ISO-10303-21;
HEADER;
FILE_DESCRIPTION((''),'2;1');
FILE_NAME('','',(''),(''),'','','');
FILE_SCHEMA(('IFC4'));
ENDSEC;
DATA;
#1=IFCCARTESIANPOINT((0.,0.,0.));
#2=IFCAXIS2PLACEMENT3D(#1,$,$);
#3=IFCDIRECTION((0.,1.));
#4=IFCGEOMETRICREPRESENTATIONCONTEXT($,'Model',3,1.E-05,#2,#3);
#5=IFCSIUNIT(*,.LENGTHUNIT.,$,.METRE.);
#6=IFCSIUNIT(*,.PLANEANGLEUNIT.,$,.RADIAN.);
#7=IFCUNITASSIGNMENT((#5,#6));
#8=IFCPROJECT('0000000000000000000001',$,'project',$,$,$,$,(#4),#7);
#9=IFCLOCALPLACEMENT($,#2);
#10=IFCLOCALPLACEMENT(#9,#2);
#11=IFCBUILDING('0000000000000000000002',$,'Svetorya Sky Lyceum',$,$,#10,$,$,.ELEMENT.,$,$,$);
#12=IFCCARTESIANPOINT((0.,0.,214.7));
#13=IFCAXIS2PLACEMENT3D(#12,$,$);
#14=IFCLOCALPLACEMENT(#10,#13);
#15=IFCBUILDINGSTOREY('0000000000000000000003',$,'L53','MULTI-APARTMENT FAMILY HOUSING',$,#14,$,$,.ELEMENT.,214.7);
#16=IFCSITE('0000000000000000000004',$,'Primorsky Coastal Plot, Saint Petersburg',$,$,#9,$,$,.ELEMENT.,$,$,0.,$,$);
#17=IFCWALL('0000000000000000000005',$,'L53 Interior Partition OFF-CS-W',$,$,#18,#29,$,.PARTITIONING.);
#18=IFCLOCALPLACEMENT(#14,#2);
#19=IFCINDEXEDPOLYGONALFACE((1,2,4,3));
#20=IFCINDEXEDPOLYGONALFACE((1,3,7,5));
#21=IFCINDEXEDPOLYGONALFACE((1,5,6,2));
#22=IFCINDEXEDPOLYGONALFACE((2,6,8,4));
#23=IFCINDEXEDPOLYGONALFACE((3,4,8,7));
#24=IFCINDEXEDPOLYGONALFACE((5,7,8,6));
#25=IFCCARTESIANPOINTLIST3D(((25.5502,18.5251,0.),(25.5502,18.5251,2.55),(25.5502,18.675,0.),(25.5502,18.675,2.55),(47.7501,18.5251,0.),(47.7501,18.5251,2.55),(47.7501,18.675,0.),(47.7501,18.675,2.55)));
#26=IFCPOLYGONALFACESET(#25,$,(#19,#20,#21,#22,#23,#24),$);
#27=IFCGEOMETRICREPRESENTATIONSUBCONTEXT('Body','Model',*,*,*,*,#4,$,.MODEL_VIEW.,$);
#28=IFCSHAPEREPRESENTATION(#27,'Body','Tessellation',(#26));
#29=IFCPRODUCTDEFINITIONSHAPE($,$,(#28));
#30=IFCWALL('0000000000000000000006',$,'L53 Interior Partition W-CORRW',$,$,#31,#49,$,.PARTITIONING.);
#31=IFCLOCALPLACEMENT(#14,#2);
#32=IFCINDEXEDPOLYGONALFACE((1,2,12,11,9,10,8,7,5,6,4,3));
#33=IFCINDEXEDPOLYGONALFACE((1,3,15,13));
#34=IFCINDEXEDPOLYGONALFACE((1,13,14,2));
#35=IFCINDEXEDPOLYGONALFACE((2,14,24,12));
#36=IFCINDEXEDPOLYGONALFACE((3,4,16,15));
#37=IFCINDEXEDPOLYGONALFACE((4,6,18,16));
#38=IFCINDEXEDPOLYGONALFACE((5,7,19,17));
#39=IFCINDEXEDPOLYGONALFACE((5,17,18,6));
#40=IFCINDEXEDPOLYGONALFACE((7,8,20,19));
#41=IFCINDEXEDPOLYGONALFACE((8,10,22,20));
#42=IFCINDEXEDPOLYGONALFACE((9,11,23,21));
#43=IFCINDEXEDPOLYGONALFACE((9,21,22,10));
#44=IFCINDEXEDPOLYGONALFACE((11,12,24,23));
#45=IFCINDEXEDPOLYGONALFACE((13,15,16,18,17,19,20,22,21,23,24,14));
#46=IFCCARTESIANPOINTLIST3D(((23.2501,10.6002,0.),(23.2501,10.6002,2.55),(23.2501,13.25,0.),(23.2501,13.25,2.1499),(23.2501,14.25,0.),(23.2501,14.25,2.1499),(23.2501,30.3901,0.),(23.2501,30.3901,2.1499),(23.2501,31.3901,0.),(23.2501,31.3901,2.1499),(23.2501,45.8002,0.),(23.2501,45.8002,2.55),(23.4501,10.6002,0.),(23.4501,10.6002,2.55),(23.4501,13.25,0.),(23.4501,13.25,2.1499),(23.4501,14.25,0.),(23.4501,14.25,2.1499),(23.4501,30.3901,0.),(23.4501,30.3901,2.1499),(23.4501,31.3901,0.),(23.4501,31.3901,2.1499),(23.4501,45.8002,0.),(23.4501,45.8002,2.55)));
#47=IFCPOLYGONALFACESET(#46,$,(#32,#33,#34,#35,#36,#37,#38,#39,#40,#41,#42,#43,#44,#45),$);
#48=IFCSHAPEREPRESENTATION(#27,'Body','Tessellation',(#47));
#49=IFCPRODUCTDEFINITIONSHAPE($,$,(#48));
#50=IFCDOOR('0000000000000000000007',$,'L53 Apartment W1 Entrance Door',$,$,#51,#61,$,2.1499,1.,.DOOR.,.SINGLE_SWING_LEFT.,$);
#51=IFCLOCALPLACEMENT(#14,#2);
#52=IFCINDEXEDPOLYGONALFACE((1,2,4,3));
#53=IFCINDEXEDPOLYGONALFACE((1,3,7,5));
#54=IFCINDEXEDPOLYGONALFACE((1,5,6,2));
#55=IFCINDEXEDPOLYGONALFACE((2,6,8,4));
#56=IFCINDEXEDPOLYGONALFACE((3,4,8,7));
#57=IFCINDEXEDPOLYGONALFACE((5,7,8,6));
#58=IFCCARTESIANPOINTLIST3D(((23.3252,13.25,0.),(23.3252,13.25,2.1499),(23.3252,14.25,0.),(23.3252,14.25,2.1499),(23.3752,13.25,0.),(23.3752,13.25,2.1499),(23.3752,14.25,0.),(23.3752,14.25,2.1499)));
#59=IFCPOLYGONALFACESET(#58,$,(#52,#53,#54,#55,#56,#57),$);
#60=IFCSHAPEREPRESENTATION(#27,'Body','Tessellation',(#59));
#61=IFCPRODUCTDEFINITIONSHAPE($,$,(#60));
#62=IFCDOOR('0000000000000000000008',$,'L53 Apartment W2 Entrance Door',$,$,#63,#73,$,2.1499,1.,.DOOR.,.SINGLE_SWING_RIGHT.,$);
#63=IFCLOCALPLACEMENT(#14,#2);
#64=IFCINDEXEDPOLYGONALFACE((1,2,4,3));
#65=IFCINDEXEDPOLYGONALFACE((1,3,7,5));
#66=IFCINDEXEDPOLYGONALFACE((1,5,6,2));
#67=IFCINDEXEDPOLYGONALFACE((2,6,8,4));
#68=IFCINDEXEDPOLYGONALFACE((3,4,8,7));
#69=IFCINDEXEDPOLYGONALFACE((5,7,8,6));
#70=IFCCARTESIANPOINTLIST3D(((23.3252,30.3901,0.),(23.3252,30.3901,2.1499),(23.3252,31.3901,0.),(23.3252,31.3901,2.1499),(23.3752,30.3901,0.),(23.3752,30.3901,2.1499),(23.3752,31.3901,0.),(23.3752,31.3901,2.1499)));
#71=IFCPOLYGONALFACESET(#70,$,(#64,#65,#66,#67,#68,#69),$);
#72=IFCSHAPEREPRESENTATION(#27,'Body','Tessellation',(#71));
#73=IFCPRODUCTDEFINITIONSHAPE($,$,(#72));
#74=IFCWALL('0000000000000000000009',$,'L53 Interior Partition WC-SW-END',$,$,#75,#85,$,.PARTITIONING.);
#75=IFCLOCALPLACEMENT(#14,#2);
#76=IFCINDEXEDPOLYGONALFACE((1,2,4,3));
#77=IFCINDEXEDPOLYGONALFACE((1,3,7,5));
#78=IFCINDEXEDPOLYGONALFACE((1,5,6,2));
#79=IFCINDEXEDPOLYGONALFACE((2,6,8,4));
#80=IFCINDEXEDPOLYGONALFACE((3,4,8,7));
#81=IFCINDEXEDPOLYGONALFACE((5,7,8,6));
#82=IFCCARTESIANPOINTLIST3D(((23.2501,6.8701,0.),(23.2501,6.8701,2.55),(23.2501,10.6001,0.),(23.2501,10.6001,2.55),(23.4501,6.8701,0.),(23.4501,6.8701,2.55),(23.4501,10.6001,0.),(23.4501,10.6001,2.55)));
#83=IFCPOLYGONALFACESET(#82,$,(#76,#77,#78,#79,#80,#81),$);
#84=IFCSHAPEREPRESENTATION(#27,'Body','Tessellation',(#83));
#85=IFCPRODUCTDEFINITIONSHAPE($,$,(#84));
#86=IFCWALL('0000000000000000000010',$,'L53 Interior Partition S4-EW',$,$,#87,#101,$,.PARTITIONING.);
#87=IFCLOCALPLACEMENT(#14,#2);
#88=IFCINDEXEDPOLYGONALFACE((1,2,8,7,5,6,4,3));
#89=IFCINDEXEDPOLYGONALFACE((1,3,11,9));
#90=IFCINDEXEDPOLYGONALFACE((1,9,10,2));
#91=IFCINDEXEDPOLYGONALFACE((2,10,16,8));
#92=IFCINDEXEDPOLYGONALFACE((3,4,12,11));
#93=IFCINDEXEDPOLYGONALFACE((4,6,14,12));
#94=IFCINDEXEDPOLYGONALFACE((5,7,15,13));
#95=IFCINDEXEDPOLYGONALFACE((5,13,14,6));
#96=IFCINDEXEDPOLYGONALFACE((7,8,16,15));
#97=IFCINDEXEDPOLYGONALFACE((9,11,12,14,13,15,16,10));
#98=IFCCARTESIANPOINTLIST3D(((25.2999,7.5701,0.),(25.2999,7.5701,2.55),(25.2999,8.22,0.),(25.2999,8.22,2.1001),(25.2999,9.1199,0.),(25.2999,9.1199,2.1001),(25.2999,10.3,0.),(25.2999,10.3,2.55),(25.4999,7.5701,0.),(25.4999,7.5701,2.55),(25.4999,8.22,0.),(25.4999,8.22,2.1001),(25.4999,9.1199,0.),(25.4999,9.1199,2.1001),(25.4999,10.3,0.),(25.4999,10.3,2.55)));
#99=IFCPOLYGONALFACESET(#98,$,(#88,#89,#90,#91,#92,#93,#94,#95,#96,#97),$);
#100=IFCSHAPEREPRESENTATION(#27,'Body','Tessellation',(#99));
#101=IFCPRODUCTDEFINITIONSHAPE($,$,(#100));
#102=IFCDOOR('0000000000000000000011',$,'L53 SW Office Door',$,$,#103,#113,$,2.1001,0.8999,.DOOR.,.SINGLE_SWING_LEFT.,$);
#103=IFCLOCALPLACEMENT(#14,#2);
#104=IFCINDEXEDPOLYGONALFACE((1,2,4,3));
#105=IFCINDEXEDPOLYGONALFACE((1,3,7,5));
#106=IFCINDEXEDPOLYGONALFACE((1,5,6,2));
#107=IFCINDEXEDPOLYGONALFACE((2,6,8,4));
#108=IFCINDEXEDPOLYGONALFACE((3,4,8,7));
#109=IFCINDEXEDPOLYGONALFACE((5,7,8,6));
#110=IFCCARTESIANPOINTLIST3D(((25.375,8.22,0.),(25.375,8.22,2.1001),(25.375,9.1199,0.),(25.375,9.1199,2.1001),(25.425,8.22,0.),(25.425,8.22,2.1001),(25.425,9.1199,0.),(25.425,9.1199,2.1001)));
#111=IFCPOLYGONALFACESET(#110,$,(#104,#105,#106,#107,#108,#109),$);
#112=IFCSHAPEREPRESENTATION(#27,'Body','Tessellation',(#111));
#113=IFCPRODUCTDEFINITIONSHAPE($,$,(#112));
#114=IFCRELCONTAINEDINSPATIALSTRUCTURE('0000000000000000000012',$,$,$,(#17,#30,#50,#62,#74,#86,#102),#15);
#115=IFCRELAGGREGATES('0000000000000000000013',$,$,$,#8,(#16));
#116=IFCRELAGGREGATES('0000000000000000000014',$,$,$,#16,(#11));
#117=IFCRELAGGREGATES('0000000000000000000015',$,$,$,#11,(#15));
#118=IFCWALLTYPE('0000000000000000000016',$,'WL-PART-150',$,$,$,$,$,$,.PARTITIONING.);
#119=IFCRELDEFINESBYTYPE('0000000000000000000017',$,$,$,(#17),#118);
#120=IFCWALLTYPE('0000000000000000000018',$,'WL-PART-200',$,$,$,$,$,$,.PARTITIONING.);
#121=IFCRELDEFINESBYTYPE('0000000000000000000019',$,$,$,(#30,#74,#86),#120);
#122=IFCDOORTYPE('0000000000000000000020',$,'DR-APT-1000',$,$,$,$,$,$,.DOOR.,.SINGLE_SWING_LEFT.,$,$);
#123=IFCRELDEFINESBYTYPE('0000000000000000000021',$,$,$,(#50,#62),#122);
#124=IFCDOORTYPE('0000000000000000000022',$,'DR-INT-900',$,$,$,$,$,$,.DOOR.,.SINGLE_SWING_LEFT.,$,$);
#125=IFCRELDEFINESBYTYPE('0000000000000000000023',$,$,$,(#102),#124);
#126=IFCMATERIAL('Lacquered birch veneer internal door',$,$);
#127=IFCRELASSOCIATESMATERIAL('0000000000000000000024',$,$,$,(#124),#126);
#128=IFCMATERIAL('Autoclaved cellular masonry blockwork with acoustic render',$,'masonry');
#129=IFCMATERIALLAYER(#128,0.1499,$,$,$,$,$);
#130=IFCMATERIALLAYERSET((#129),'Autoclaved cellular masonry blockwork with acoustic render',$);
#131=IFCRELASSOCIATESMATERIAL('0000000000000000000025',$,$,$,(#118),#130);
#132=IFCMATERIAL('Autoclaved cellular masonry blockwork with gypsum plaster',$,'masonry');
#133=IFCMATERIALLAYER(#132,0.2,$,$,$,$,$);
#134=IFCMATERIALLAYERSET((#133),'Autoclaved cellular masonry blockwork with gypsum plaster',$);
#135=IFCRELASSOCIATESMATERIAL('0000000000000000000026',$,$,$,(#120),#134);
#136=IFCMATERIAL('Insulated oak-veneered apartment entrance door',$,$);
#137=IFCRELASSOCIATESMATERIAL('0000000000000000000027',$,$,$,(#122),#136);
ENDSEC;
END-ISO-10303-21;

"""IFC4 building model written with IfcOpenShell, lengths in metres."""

from ifc_helpers import new_model, si_unit, direction, frame, frame_2d, origin, place, context, subcontext, project, spatial, rectangle, extrude, material, layer, layer_set, type_object, element, fill, save


model = new_model("IFC4")

# Units and contexts
model_context = context("Model", 3, precision=1e-05, world=origin(), true_north=direction((0.0, 1.0)))
body_context = subcontext(model_context, "Body", "Model", "MODEL_VIEW")
ifc_project = project(units=[si_unit("LENGTHUNIT", "METRE"), si_unit("PLANEANGLEUNIT", "RADIAN")], contexts=[model_context])

# Site, building, storey
site_placement = place(None, origin())
site = spatial("IfcSite", under=ifc_project, at=site_placement, Name="Primorsky Coastal Plot, Saint Petersburg", CompositionType="ELEMENT", RefElevation=0.0)
building_placement = place(site_placement, origin())
building = spatial("IfcBuilding", under=site, at=building_placement, Name="Svetorya Sky Lyceum", CompositionType="ELEMENT")
storey_placement = place(building_placement, frame((0.0, 0.0, 214.7)))
storey = spatial("IfcBuildingStorey", under=building, at=storey_placement, Name="L53", Description="MULTI-APARTMENT FAMILY HOUSING", CompositionType="ELEMENT", Elevation=214.7)

# Shared definitions
ifc_material_1 = material(Name="Lacquered birch veneer internal door")
door_type_1 = type_object("IfcDoorType", Name="DR-INT-900", OperationType="SINGLE_SWING_LEFT", PredefinedType="DOOR", material=ifc_material_1)

# Wall
ifc_material_2 = material(Name="Autoclaved cellular masonry blockwork with acoustic render", Category="masonry")
ifc_layer_1 = layer(ifc_material_2, 0.1499)
ifc_layer_set_1 = layer_set([ifc_layer_1], Name="Autoclaved cellular masonry blockwork with acoustic render")
wall_type_1 = type_object("IfcWallType", Name="WL-PART-150", PredefinedType="PARTITIONING", material=ifc_layer_set_1)
wall_1_placement = place(storey_placement, frame((25.55, 18.6001, 0.0), z_axis=(0.0, 0.0, 1.0), x_axis=(1.0, 0.0, 0.0)))
element("IfcWall", 1, at=wall_1_placement, inside=storey, type_object=wall_type_1, Name="L53 Interior Partition OFF-CS-W", PredefinedType="PARTITIONING", context=body_context, shape_type="SweptSolid", body=[
    extrude(rectangle(XDim=22.2, YDim=0.1499, at=frame_2d((11.1001, 0.0))), origin(), (0.0, 0.0, 1.0), 2.55),
])

# Wall, openings, doors
ifc_material_3 = material(Name="Autoclaved cellular masonry blockwork with gypsum plaster", Category="masonry")
ifc_layer_2 = layer(ifc_material_3, 0.2)
ifc_layer_set_2 = layer_set([ifc_layer_2], Name="Autoclaved cellular masonry blockwork with gypsum plaster")
wall_type_2 = type_object("IfcWallType", Name="WL-PART-200", PredefinedType="PARTITIONING", material=ifc_layer_set_2)
wall_2_placement = place(storey_placement, frame((23.3501, 10.6001, 0.0), z_axis=(0.0, 0.0, 1.0), x_axis=(0.0, 1.0, 0.0)))
wall_2 = element("IfcWall", 2, at=wall_2_placement, inside=storey, type_object=wall_type_2, Name="L53 Interior Partition W-CORRW", PredefinedType="PARTITIONING", context=body_context, shape_type="SweptSolid", body=[
    extrude(rectangle(XDim=35.2, YDim=0.2, at=frame_2d((17.6001, 0.0))), origin(), (0.0, 0.0, 1.0), 2.55),
])
opening_1_placement = place(wall_2_placement, frame((2.6499, 0.0, 0.0)))
opening_1 = element("IfcOpeningElement", 3, at=opening_1_placement, cuts=wall_2, PredefinedType="OPENING", context=body_context, shape_type="SweptSolid", body=[
    extrude(rectangle(XDim=1.0, YDim=2.1499, at=frame_2d((0.5, 1.075))), frame((0.0, 0.1099, 0.0), z_axis=(0.0, -1.0, 0.0), x_axis=(1.0, 0.0, 0.0)), (0.0, 0.0, 1.0), 0.22),
])
opening_2_placement = place(wall_2_placement, frame((19.79, 0.0, 0.0)))
opening_2 = element("IfcOpeningElement", 4, at=opening_2_placement, cuts=wall_2, PredefinedType="OPENING", context=body_context, shape_type="SweptSolid", body=[
    extrude(rectangle(XDim=1.0, YDim=2.1499, at=frame_2d((0.5, 1.075))), frame((0.0, 0.1099, 0.0), z_axis=(0.0, -1.0, 0.0), x_axis=(1.0, 0.0, 0.0)), (0.0, 0.0, 1.0), 0.22),
])
ifc_material_4 = material(Name="Insulated oak-veneered apartment entrance door")
door_type_2 = type_object("IfcDoorType", Name="DR-APT-1000", OperationType="SINGLE_SWING_LEFT", PredefinedType="DOOR", material=ifc_material_4)
door_1_placement = place(opening_1_placement, origin())
door_1 = element("IfcDoor", 5, at=door_1_placement, inside=storey, type_object=door_type_2, Name="L53 Apartment W1 Entrance Door", OperationType="SINGLE_SWING_LEFT", OverallHeight=2.1499, OverallWidth=1.0, PredefinedType="DOOR", context=body_context, shape_type="SweptSolid", body=[
    extrude(rectangle(XDim=1.0, YDim=2.1499, at=frame_2d((0.5, 1.075))), frame((0.0, 0.0249, 0.0), z_axis=(0.0, -1.0, 0.0), x_axis=(1.0, 0.0, 0.0)), (0.0, 0.0, 1.0), 0.05),
])
fill(opening_1, door_1)
door_2_placement = place(opening_2_placement, origin())
door_2 = element("IfcDoor", 6, at=door_2_placement, inside=storey, type_object=door_type_2, Name="L53 Apartment W2 Entrance Door", OperationType="SINGLE_SWING_RIGHT", OverallHeight=2.1499, OverallWidth=1.0, PredefinedType="DOOR", context=body_context, shape_type="SweptSolid", body=[
    extrude(rectangle(XDim=1.0, YDim=2.1499, at=frame_2d((0.5, 1.075))), frame((0.0, 0.0249, 0.0), z_axis=(0.0, -1.0, 0.0), x_axis=(1.0, 0.0, 0.0)), (0.0, 0.0, 1.0), 0.05),
])
fill(opening_2, door_2)

# Wall
wall_3_placement = place(storey_placement, frame((23.3501, 6.8701, 0.0), z_axis=(0.0, 0.0, 1.0), x_axis=(0.0, 1.0, 0.0)))
element("IfcWall", 7, at=wall_3_placement, inside=storey, type_object=wall_type_2, Name="L53 Interior Partition WC-SW-END", PredefinedType="PARTITIONING", context=body_context, shape_type="SweptSolid", body=[
    extrude(rectangle(XDim=3.73, YDim=0.2, at=frame_2d((1.865, 0.0))), origin(), (0.0, 0.0, 1.0), 2.55),
])

# Wall, opening, door
wall_4_placement = place(storey_placement, frame((25.3999, 7.5701, 0.0), z_axis=(0.0, 0.0, 1.0), x_axis=(0.0, 1.0, 0.0)))
wall_4 = element("IfcWall", 8, at=wall_4_placement, inside=storey, type_object=wall_type_2, Name="L53 Interior Partition S4-EW", PredefinedType="PARTITIONING", context=body_context, shape_type="SweptSolid", body=[
    extrude(rectangle(XDim=2.73, YDim=0.2, at=frame_2d((1.365, 0.0))), origin(), (0.0, 0.0, 1.0), 2.55),
])
opening_3_placement = place(wall_4_placement, frame((0.6499, 0.0, 0.0)))
opening_3 = element("IfcOpeningElement", 9, at=opening_3_placement, cuts=wall_4, PredefinedType="OPENING", context=body_context, shape_type="SweptSolid", body=[
    extrude(rectangle(XDim=0.8999, YDim=2.1001, at=frame_2d((0.45, 1.05))), frame((0.0, 0.1099, 0.0), z_axis=(0.0, -1.0, 0.0), x_axis=(1.0, 0.0, 0.0)), (0.0, 0.0, 1.0), 0.22),
])
door_3_placement = place(opening_3_placement, origin())
door_3 = element("IfcDoor", 10, at=door_3_placement, inside=storey, type_object=door_type_1, Name="L53 SW Office Door", OperationType="SINGLE_SWING_LEFT", OverallHeight=2.1001, OverallWidth=0.8999, PredefinedType="DOOR", context=body_context, shape_type="SweptSolid", body=[
    extrude(rectangle(XDim=0.8999, YDim=2.1001, at=frame_2d((0.45, 1.05))), frame((0.0, 0.0249, 0.0), z_axis=(0.0, -1.0, 0.0), x_axis=(1.0, 0.0, 0.0)), (0.0, 0.0, 1.0), 0.05),
])
fill(opening_3, door_3)

save(model, "model.ifc")
